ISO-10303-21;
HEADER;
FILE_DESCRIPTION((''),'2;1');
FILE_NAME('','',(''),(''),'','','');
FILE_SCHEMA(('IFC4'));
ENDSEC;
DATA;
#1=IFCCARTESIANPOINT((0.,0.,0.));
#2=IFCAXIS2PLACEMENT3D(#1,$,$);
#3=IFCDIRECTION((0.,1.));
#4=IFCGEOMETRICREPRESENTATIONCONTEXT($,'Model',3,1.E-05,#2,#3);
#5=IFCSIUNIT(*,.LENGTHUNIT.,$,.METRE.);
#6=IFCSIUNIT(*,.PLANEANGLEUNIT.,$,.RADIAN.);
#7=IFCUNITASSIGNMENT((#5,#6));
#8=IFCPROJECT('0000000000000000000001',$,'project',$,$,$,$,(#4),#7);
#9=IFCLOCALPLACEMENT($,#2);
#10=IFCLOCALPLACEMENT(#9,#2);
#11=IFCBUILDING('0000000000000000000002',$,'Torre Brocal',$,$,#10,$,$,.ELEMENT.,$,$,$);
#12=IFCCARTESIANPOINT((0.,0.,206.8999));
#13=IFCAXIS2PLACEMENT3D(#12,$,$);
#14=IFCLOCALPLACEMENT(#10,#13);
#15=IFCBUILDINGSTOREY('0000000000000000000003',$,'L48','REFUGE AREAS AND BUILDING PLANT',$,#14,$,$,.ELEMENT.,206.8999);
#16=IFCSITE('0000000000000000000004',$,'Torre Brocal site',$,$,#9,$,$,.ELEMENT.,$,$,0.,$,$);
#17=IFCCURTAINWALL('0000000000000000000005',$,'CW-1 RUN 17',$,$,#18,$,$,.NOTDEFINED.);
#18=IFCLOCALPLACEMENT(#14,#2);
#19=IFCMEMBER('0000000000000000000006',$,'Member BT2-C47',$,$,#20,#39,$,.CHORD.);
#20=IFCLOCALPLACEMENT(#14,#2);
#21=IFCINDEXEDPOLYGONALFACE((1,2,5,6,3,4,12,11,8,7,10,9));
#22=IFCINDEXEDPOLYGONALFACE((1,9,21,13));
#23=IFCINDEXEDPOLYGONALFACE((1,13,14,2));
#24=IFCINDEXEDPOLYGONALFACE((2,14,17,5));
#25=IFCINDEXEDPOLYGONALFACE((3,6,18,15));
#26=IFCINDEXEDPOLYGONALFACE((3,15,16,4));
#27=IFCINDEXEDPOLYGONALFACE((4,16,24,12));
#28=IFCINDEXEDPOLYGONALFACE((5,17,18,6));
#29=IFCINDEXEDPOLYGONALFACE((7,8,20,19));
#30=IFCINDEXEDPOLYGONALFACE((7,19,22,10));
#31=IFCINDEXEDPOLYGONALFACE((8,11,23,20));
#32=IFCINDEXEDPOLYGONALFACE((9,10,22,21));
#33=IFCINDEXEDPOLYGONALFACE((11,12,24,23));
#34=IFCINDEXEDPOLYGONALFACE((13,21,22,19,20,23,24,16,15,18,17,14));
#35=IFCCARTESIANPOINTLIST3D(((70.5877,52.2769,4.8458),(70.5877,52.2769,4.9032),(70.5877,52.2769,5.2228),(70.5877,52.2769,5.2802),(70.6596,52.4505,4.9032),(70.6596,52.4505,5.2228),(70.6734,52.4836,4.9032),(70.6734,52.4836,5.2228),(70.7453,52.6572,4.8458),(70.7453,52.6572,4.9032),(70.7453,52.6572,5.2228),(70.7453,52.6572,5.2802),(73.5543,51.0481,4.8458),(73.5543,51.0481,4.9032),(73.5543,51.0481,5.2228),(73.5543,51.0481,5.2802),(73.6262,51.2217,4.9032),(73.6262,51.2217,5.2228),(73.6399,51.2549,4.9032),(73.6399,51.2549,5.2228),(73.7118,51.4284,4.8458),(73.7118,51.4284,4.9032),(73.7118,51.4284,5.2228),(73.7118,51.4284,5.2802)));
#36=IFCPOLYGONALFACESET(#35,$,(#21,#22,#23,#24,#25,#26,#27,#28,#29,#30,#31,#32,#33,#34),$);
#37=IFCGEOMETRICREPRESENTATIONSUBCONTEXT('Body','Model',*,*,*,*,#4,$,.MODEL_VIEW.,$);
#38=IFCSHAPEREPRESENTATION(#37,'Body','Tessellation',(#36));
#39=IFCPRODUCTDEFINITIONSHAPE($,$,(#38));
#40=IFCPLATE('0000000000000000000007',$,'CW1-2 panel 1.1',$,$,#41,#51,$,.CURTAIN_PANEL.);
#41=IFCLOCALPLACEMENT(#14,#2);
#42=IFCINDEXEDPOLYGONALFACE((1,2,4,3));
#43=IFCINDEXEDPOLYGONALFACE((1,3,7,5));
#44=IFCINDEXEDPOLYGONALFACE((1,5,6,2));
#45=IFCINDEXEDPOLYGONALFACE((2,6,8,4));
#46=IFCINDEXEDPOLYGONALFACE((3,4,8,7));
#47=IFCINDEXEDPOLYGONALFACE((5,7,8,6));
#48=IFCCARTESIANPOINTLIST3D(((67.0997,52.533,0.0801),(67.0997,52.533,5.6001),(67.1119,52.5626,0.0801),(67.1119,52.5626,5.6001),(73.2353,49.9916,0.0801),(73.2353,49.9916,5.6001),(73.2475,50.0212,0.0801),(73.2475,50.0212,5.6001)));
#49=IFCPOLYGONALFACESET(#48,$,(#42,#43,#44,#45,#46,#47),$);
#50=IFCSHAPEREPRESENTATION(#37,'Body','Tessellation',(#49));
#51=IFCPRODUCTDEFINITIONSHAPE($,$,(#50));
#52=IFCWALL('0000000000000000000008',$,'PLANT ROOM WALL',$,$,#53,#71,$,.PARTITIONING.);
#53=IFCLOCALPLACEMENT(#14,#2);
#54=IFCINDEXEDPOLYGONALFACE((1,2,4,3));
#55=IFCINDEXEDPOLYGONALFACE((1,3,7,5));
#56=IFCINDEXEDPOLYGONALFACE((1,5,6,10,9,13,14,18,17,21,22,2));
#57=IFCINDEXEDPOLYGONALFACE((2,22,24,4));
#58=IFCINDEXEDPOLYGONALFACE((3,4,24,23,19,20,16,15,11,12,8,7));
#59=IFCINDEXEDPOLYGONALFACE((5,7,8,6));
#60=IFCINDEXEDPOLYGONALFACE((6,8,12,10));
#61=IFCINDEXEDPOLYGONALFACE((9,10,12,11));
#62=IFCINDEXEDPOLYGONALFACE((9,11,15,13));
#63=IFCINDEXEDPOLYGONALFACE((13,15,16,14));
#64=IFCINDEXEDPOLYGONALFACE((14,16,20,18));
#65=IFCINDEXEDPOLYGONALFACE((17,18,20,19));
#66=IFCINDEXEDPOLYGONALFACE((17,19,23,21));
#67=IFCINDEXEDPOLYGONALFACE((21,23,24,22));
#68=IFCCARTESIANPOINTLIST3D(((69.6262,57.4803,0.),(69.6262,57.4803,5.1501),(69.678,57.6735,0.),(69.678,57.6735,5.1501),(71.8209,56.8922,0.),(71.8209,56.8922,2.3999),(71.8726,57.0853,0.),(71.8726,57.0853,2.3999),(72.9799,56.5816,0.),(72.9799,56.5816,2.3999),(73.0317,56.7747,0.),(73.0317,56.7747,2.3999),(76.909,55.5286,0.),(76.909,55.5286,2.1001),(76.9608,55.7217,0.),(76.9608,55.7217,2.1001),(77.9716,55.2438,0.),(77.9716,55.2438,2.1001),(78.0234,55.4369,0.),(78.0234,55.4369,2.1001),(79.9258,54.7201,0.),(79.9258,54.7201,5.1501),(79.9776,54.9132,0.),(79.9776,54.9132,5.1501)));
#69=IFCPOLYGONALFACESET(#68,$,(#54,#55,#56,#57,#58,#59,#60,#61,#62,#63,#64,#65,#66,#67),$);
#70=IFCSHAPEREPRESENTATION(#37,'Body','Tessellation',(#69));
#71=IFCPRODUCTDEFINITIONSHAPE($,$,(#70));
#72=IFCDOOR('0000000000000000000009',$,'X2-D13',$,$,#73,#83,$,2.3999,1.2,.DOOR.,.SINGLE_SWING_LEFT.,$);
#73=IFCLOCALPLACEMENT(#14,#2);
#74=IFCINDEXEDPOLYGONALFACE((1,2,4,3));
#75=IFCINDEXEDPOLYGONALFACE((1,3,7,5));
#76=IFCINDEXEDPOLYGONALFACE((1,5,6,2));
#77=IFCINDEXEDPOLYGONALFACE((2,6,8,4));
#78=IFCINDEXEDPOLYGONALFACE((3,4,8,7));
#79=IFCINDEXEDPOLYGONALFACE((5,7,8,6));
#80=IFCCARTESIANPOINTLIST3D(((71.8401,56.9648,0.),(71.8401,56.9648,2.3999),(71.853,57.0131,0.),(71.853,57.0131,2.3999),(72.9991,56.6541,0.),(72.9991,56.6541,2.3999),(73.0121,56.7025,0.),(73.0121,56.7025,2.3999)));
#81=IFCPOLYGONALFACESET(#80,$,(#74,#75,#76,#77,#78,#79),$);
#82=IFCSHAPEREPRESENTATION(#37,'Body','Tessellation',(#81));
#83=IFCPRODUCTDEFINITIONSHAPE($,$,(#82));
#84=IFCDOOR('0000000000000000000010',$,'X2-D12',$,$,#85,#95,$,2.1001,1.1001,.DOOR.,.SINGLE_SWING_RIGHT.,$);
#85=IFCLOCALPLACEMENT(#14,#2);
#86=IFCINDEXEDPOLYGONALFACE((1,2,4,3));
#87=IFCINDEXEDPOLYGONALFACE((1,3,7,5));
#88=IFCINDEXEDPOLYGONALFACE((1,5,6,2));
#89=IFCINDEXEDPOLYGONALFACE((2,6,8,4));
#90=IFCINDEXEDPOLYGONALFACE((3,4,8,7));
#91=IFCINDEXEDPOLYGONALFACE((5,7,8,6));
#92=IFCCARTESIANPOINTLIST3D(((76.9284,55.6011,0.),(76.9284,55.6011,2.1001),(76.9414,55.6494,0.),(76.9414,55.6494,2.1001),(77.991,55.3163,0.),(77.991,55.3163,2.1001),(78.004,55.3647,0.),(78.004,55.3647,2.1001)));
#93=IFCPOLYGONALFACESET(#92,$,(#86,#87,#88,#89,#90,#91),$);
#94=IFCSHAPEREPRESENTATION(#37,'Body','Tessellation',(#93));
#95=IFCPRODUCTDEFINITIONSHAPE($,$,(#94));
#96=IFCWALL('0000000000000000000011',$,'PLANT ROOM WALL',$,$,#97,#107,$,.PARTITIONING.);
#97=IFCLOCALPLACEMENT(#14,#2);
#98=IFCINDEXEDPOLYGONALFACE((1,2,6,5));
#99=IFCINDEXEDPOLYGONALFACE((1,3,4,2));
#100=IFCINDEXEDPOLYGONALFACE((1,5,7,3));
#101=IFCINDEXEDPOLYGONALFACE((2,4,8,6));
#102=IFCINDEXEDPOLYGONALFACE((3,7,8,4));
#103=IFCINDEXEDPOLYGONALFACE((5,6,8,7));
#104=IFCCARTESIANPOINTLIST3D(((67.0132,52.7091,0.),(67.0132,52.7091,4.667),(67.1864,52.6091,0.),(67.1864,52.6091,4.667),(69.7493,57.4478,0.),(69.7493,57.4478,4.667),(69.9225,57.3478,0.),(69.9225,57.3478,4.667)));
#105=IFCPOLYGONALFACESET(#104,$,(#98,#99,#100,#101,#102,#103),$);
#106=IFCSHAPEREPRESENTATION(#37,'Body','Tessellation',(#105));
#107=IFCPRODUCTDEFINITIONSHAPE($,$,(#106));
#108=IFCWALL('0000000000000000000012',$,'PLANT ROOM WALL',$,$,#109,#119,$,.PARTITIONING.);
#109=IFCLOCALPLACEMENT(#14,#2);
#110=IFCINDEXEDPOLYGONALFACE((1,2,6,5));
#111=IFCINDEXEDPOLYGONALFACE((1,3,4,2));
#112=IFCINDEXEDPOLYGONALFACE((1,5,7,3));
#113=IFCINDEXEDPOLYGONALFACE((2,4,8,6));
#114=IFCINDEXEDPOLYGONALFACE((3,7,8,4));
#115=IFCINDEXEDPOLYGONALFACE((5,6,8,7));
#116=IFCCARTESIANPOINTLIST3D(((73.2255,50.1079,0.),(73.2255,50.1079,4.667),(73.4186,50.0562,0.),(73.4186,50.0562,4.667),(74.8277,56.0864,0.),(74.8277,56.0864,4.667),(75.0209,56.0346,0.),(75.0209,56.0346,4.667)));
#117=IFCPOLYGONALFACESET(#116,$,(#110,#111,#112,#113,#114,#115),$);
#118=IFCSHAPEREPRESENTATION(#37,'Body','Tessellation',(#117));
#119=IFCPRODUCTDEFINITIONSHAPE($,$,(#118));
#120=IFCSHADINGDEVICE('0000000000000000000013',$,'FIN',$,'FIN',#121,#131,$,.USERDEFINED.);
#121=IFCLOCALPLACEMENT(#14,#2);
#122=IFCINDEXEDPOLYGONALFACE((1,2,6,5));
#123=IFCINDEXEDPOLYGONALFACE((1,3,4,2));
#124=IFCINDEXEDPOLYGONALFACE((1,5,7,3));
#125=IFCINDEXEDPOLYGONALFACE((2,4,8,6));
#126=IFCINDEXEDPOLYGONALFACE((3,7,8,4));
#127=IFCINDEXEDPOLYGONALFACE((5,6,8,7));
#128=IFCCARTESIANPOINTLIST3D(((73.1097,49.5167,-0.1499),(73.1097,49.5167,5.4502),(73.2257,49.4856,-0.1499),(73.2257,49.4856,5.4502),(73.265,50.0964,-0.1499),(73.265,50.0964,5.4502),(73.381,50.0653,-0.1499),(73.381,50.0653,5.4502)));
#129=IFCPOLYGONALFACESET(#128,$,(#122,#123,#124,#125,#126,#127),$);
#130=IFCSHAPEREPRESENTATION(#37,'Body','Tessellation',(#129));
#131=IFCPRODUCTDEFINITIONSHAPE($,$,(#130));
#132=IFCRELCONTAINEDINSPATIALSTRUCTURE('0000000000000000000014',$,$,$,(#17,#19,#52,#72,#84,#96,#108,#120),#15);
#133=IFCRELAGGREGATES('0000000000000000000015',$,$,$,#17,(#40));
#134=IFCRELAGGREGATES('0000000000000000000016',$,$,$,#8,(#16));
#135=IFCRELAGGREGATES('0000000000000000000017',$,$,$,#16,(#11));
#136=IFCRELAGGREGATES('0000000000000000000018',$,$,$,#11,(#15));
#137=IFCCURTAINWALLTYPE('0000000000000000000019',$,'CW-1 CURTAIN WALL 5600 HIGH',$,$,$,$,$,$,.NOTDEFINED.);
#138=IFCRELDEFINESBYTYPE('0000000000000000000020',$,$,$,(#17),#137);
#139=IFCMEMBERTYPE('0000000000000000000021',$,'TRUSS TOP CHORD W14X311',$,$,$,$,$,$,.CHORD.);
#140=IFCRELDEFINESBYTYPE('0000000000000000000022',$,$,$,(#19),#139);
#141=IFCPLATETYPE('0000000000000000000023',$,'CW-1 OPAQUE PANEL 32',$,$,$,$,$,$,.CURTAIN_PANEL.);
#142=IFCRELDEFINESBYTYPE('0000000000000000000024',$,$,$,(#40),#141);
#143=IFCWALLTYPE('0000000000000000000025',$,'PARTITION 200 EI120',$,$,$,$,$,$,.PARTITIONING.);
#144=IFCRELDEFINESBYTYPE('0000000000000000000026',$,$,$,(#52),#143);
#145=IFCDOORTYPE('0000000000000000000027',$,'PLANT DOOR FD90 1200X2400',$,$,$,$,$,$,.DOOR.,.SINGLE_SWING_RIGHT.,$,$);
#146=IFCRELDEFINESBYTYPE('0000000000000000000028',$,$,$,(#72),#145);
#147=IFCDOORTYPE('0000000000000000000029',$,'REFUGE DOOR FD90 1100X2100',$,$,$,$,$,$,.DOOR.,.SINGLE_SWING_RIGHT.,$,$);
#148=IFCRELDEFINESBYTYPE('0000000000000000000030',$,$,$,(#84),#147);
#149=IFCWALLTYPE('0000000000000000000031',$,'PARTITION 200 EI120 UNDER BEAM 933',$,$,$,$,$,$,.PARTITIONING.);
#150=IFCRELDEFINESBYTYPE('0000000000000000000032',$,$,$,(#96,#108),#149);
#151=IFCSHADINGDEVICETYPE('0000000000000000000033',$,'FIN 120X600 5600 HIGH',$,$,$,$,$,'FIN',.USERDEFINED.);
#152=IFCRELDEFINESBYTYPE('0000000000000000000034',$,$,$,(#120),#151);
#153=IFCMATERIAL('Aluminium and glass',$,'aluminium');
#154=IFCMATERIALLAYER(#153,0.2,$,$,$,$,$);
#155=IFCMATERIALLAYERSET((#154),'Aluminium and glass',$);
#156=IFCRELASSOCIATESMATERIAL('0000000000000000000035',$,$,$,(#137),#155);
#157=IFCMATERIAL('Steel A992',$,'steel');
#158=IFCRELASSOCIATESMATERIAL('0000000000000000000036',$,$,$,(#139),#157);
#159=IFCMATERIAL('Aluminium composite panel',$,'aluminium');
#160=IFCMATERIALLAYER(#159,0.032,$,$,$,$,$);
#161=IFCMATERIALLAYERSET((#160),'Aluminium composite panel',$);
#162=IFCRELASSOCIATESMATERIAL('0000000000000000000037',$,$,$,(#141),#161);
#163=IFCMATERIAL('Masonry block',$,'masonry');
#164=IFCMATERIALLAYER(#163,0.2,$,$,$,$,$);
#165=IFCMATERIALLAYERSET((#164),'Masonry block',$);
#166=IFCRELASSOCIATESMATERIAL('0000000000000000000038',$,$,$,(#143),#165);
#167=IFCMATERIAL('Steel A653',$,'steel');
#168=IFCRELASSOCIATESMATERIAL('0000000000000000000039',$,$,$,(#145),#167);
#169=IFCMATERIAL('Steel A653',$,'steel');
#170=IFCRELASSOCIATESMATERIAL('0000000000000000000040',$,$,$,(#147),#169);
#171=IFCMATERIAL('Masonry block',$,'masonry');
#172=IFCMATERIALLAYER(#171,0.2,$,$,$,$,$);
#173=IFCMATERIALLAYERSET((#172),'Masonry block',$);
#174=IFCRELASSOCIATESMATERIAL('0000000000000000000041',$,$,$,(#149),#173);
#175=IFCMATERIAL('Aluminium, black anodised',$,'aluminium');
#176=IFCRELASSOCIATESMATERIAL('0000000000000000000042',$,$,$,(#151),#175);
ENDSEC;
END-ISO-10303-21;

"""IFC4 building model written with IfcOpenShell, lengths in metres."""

from ifc_helpers import new_model, si_unit, direction, frame, frame_2d, origin, origin_2d, place, context, subcontext, project, spatial, rectangle, i_section, extrude, material, layer, layer_set, material_profile, profile_set, type_object, element, fill, aggregate, save


model = new_model("IFC4")

# Units and contexts
model_context = context("Model", 3, precision=1e-05, world=origin(), true_north=direction((0.0, 1.0)))
body_context = subcontext(model_context, "Body", "Model", "MODEL_VIEW")
ifc_project = project(units=[si_unit("LENGTHUNIT", "METRE"), si_unit("PLANEANGLEUNIT", "RADIAN")], contexts=[model_context])

# Site, building, storey
site_placement = place(None, origin())
site = spatial("IfcSite", under=ifc_project, at=site_placement, Name="Torre Brocal site", CompositionType="ELEMENT", RefElevation=0.0)
building_placement = place(site_placement, origin())
building = spatial("IfcBuilding", under=site, at=building_placement, Name="Torre Brocal", CompositionType="ELEMENT")
storey_placement = place(building_placement, frame((0.0, 0.0, 206.8999)))
storey = spatial("IfcBuildingStorey", under=building, at=storey_placement, Name="L48", Description="REFUGE AREAS AND BUILDING PLANT", CompositionType="ELEMENT", Elevation=206.8999)

# Shared definitions
ifc_material_1 = material(Name="Aluminium and glass", Category="aluminium")
ifc_layer_1 = layer(ifc_material_1, 0.2)
ifc_layer_set_1 = layer_set([ifc_layer_1], Name="Aluminium and glass")
curtain_wall_type = type_object("IfcCurtainWallType", Name="CW-1 CURTAIN WALL 5600 HIGH", PredefinedType="NOTDEFINED", material=ifc_layer_set_1)

# Curtain wall
curtain_wall_1_placement = place(storey_placement, origin())
curtain_wall_1 = element("IfcCurtainWall", 1, at=curtain_wall_1_placement, inside=storey, type_object=curtain_wall_type, Name="CW-1 RUN 17", PredefinedType="NOTDEFINED")

# Member
ifc_material_2 = material(Name="Steel A992", Category="steel")
ifc_material_profile_1 = material_profile(ifc_material_2, i_section(OverallWidth=0.4116, OverallDepth=0.4343, WebThickness=0.0359, FlangeThickness=0.0574, at=origin_2d()), Name="W14X311")
ifc_profile_set_1 = profile_set([ifc_material_profile_1], Name="Steel A992")
member_type_1 = type_object("IfcMemberType", Name="TRUSS TOP CHORD W14X311", PredefinedType="CHORD", material=ifc_profile_set_1)
for number, where, z_axis, x_axis, name in (
    (2, (70.6665, 52.467, 5.063), (0.923882, -0.382676, 0.0), (0.382676, 0.923882, 0.0), "Member BT2-C47"),
):
    element("IfcMember", number, at=place(storey_placement, frame(where, z_axis=z_axis, x_axis=x_axis)), inside=storey, type_object=member_type_1, Name=name, PredefinedType="CHORD", context=body_context, shape_type="SweptSolid", body=[
        extrude(i_section(OverallWidth=0.4116, OverallDepth=0.4343, WebThickness=0.0359, FlangeThickness=0.0574, at=origin_2d()), origin(), (0.0, 0.0, 1.0), 3.2109),
    ])

# Plate
ifc_material_3 = material(Name="Aluminium composite panel", Category="aluminium")
ifc_layer_2 = layer(ifc_material_3, 0.032)
ifc_layer_set_2 = layer_set([ifc_layer_2], Name="Aluminium composite panel")
plate_type = type_object("IfcPlateType", Name="CW-1 OPAQUE PANEL 32", PredefinedType="CURTAIN_PANEL", material=ifc_layer_set_2)
plate_placement = place(storey_placement, frame((70.1736, 51.2771, 0.0801), z_axis=(0.0, 0.0, 1.0), x_axis=(0.92388, -0.382683, 0.0)))
plate = element("IfcPlate", 3, at=plate_placement, type_object=plate_type, Name="CW1-2 panel 1.1", PredefinedType="CURTAIN_PANEL", context=body_context, shape_type="SweptSolid", body=[
    extrude(rectangle(XDim=6.6411, YDim=0.032, at=origin_2d()), origin(), (0.0, 0.0, 1.0), 5.52),
])
aggregate(curtain_wall_1, [plate])

# Wall, openings, doors
ifc_material_4 = material(Name="Masonry block", Category="masonry")
ifc_layer_3 = layer(ifc_material_4, 0.2)
ifc_layer_set_3 = layer_set([ifc_layer_3], Name="Masonry block")
wall_type_1 = type_object("IfcWallType", Name="PARTITION 200 EI120", PredefinedType="PARTITIONING", material=ifc_layer_set_3)
wall_1_placement = place(storey_placement, frame((69.6521, 57.5769, 0.0), z_axis=(0.0, 0.0, 1.0), x_axis=(0.965914, -0.258862, 0.0)))
wall_1 = element("IfcWall", 4, at=wall_1_placement, inside=storey, type_object=wall_type_1, Name="PLANT ROOM WALL", PredefinedType="PARTITIONING", context=body_context, shape_type="SweptSolid", body=[
    extrude(rectangle(XDim=10.6631, YDim=0.2, at=frame_2d((5.3315, 0.0))), origin(), (0.0, 0.0, 1.0), 5.1501),
])
opening_1_placement = place(wall_1_placement, frame((7.5398, 0.0, 0.0)))
opening_1 = element("IfcOpeningElement", 5, at=opening_1_placement, cuts=wall_1, PredefinedType="OPENING", context=body_context, shape_type="SweptSolid", body=[
    extrude(rectangle(XDim=1.1001, YDim=2.1001, at=frame_2d((0.55, 1.05))), frame((0.0, 0.1099, 0.0), z_axis=(0.0, -1.0, 0.0), x_axis=(1.0, 0.0, 0.0)), (0.0, 0.0, 1.0), 0.22),
])
opening_2_placement = place(wall_1_placement, frame((2.272, 0.0, 0.0)))
opening_2 = element("IfcOpeningElement", 6, at=opening_2_placement, cuts=wall_1, PredefinedType="OPENING", context=body_context, shape_type="SweptSolid", body=[
    extrude(rectangle(XDim=1.2, YDim=2.3999, at=frame_2d((0.6001, 1.2))), frame((0.0, 0.1099, 0.0), z_axis=(0.0, -1.0, 0.0), x_axis=(1.0, 0.0, 0.0)), (0.0, 0.0, 1.0), 0.22),
])
ifc_material_5 = material(Name="Steel A653", Category="steel")
door_type_1 = type_object("IfcDoorType", Name="PLANT DOOR FD90 1200X2400", OperationType="SINGLE_SWING_RIGHT", PredefinedType="DOOR", material=ifc_material_5)
door_1_placement = place(opening_2_placement, frame((1.2, 0.0, 0.0), z_axis=(0.0, 0.0, 1.0), x_axis=(-1.0, 0.0, 0.0)))
door_1 = element("IfcDoor", 7, at=door_1_placement, inside=storey, type_object=door_type_1, Name="X2-D13", OperationType="SINGLE_SWING_LEFT", OverallHeight=2.3999, OverallWidth=1.2, PredefinedType="DOOR", context=body_context, shape_type="SweptSolid", body=[
    extrude(rectangle(XDim=1.2, YDim=2.3999, at=frame_2d((0.6001, 1.2))), frame((0.0, 0.0249, 0.0), z_axis=(0.0, -1.0, 0.0), x_axis=(1.0, 0.0, 0.0)), (0.0, 0.0, 1.0), 0.05),
])
fill(opening_2, door_1)
ifc_material_6 = material(Name="Steel A653", Category="steel")
door_type_2 = type_object("IfcDoorType", Name="REFUGE DOOR FD90 1100X2100", OperationType="SINGLE_SWING_RIGHT", PredefinedType="DOOR", material=ifc_material_6)
door_2_placement = place(opening_1_placement, frame((1.1001, 0.0, 0.0), z_axis=(0.0, 0.0, 1.0), x_axis=(-1.0, 0.0, 0.0)))
door_2 = element("IfcDoor", 8, at=door_2_placement, inside=storey, type_object=door_type_2, Name="X2-D12", OperationType="SINGLE_SWING_RIGHT", OverallHeight=2.1001, OverallWidth=1.1001, PredefinedType="DOOR", context=body_context, shape_type="SweptSolid", body=[
    extrude(rectangle(XDim=1.1001, YDim=2.1001, at=frame_2d((0.55, 1.05))), frame((0.0, 0.0249, 0.0), z_axis=(0.0, -1.0, 0.0), x_axis=(1.0, 0.0, 0.0)), (0.0, 0.0, 1.0), 0.05),
])
fill(opening_1, door_2)

# Walls
ifc_material_7 = material(Name="Masonry block", Category="masonry")
ifc_layer_4 = layer(ifc_material_7, 0.2)
ifc_layer_set_4 = layer_set([ifc_layer_4], Name="Masonry block")
wall_type_2 = type_object("IfcWallType", Name="PARTITION 200 EI120 UNDER BEAM 933", PredefinedType="PARTITIONING", material=ifc_layer_set_4)
wall_2_placement = place(storey_placement, frame((67.0999, 52.6592, 0.0), z_axis=(0.0, 0.0, 1.0), x_axis=(0.500021, 0.866013, 0.0)))
element("IfcWall", 9, at=wall_2_placement, inside=storey, type_object=wall_type_2, Name="PLANT ROOM WALL", PredefinedType="PARTITIONING", context=body_context, shape_type="SweptSolid", body=[
    extrude(rectangle(XDim=5.4719, YDim=0.2, at=frame_2d((2.7358, 0.0))), origin(), (0.0, 0.0, 1.0), 4.667),
])
wall_3_placement = place(storey_placement, frame((73.322, 50.082, 0.0), z_axis=(0.0, 0.0, 1.0), x_axis=(0.258873, 0.965911, 0.0)))
element("IfcWall", 10, at=wall_3_placement, inside=storey, type_object=wall_type_2, Name="PLANT ROOM WALL", PredefinedType="PARTITIONING", context=body_context, shape_type="SweptSolid", body=[
    extrude(rectangle(XDim=6.1895, YDim=0.2, at=frame_2d((3.0947, 0.0))), origin(), (0.0, 0.0, 1.0), 4.667),
])

# Shading device
ifc_material_8 = material(Name="Aluminium, black anodised", Category="aluminium")
ifc_material_profile_2 = material_profile(ifc_material_8, rectangle(XDim=0.1201, YDim=0.6001, at=origin_2d()), Name="FIN 120X600 5600 HIGH")
ifc_profile_set_2 = profile_set([ifc_material_profile_2], Name="Aluminium, black anodised")
shading_device_type = type_object("IfcShadingDeviceType", Name="FIN 120X600 5600 HIGH", ElementType="FIN", PredefinedType="USERDEFINED", material=ifc_profile_set_2)
shading_device_placement = place(storey_placement, frame((73.2454, 49.791, -0.1499), z_axis=(0.0, 0.0, 1.0), x_axis=(0.965926, -0.258819, 0.0)))
element("IfcShadingDevice", 11, at=shading_device_placement, inside=storey, type_object=shading_device_type, Name="FIN", ObjectType="FIN", PredefinedType="USERDEFINED", context=body_context, shape_type="SweptSolid", body=[
    extrude(rectangle(XDim=0.1201, YDim=0.6001, at=origin_2d()), origin(), (0.0, 0.0, 1.0), 5.6001),
])

save(model, "model.ifc")
